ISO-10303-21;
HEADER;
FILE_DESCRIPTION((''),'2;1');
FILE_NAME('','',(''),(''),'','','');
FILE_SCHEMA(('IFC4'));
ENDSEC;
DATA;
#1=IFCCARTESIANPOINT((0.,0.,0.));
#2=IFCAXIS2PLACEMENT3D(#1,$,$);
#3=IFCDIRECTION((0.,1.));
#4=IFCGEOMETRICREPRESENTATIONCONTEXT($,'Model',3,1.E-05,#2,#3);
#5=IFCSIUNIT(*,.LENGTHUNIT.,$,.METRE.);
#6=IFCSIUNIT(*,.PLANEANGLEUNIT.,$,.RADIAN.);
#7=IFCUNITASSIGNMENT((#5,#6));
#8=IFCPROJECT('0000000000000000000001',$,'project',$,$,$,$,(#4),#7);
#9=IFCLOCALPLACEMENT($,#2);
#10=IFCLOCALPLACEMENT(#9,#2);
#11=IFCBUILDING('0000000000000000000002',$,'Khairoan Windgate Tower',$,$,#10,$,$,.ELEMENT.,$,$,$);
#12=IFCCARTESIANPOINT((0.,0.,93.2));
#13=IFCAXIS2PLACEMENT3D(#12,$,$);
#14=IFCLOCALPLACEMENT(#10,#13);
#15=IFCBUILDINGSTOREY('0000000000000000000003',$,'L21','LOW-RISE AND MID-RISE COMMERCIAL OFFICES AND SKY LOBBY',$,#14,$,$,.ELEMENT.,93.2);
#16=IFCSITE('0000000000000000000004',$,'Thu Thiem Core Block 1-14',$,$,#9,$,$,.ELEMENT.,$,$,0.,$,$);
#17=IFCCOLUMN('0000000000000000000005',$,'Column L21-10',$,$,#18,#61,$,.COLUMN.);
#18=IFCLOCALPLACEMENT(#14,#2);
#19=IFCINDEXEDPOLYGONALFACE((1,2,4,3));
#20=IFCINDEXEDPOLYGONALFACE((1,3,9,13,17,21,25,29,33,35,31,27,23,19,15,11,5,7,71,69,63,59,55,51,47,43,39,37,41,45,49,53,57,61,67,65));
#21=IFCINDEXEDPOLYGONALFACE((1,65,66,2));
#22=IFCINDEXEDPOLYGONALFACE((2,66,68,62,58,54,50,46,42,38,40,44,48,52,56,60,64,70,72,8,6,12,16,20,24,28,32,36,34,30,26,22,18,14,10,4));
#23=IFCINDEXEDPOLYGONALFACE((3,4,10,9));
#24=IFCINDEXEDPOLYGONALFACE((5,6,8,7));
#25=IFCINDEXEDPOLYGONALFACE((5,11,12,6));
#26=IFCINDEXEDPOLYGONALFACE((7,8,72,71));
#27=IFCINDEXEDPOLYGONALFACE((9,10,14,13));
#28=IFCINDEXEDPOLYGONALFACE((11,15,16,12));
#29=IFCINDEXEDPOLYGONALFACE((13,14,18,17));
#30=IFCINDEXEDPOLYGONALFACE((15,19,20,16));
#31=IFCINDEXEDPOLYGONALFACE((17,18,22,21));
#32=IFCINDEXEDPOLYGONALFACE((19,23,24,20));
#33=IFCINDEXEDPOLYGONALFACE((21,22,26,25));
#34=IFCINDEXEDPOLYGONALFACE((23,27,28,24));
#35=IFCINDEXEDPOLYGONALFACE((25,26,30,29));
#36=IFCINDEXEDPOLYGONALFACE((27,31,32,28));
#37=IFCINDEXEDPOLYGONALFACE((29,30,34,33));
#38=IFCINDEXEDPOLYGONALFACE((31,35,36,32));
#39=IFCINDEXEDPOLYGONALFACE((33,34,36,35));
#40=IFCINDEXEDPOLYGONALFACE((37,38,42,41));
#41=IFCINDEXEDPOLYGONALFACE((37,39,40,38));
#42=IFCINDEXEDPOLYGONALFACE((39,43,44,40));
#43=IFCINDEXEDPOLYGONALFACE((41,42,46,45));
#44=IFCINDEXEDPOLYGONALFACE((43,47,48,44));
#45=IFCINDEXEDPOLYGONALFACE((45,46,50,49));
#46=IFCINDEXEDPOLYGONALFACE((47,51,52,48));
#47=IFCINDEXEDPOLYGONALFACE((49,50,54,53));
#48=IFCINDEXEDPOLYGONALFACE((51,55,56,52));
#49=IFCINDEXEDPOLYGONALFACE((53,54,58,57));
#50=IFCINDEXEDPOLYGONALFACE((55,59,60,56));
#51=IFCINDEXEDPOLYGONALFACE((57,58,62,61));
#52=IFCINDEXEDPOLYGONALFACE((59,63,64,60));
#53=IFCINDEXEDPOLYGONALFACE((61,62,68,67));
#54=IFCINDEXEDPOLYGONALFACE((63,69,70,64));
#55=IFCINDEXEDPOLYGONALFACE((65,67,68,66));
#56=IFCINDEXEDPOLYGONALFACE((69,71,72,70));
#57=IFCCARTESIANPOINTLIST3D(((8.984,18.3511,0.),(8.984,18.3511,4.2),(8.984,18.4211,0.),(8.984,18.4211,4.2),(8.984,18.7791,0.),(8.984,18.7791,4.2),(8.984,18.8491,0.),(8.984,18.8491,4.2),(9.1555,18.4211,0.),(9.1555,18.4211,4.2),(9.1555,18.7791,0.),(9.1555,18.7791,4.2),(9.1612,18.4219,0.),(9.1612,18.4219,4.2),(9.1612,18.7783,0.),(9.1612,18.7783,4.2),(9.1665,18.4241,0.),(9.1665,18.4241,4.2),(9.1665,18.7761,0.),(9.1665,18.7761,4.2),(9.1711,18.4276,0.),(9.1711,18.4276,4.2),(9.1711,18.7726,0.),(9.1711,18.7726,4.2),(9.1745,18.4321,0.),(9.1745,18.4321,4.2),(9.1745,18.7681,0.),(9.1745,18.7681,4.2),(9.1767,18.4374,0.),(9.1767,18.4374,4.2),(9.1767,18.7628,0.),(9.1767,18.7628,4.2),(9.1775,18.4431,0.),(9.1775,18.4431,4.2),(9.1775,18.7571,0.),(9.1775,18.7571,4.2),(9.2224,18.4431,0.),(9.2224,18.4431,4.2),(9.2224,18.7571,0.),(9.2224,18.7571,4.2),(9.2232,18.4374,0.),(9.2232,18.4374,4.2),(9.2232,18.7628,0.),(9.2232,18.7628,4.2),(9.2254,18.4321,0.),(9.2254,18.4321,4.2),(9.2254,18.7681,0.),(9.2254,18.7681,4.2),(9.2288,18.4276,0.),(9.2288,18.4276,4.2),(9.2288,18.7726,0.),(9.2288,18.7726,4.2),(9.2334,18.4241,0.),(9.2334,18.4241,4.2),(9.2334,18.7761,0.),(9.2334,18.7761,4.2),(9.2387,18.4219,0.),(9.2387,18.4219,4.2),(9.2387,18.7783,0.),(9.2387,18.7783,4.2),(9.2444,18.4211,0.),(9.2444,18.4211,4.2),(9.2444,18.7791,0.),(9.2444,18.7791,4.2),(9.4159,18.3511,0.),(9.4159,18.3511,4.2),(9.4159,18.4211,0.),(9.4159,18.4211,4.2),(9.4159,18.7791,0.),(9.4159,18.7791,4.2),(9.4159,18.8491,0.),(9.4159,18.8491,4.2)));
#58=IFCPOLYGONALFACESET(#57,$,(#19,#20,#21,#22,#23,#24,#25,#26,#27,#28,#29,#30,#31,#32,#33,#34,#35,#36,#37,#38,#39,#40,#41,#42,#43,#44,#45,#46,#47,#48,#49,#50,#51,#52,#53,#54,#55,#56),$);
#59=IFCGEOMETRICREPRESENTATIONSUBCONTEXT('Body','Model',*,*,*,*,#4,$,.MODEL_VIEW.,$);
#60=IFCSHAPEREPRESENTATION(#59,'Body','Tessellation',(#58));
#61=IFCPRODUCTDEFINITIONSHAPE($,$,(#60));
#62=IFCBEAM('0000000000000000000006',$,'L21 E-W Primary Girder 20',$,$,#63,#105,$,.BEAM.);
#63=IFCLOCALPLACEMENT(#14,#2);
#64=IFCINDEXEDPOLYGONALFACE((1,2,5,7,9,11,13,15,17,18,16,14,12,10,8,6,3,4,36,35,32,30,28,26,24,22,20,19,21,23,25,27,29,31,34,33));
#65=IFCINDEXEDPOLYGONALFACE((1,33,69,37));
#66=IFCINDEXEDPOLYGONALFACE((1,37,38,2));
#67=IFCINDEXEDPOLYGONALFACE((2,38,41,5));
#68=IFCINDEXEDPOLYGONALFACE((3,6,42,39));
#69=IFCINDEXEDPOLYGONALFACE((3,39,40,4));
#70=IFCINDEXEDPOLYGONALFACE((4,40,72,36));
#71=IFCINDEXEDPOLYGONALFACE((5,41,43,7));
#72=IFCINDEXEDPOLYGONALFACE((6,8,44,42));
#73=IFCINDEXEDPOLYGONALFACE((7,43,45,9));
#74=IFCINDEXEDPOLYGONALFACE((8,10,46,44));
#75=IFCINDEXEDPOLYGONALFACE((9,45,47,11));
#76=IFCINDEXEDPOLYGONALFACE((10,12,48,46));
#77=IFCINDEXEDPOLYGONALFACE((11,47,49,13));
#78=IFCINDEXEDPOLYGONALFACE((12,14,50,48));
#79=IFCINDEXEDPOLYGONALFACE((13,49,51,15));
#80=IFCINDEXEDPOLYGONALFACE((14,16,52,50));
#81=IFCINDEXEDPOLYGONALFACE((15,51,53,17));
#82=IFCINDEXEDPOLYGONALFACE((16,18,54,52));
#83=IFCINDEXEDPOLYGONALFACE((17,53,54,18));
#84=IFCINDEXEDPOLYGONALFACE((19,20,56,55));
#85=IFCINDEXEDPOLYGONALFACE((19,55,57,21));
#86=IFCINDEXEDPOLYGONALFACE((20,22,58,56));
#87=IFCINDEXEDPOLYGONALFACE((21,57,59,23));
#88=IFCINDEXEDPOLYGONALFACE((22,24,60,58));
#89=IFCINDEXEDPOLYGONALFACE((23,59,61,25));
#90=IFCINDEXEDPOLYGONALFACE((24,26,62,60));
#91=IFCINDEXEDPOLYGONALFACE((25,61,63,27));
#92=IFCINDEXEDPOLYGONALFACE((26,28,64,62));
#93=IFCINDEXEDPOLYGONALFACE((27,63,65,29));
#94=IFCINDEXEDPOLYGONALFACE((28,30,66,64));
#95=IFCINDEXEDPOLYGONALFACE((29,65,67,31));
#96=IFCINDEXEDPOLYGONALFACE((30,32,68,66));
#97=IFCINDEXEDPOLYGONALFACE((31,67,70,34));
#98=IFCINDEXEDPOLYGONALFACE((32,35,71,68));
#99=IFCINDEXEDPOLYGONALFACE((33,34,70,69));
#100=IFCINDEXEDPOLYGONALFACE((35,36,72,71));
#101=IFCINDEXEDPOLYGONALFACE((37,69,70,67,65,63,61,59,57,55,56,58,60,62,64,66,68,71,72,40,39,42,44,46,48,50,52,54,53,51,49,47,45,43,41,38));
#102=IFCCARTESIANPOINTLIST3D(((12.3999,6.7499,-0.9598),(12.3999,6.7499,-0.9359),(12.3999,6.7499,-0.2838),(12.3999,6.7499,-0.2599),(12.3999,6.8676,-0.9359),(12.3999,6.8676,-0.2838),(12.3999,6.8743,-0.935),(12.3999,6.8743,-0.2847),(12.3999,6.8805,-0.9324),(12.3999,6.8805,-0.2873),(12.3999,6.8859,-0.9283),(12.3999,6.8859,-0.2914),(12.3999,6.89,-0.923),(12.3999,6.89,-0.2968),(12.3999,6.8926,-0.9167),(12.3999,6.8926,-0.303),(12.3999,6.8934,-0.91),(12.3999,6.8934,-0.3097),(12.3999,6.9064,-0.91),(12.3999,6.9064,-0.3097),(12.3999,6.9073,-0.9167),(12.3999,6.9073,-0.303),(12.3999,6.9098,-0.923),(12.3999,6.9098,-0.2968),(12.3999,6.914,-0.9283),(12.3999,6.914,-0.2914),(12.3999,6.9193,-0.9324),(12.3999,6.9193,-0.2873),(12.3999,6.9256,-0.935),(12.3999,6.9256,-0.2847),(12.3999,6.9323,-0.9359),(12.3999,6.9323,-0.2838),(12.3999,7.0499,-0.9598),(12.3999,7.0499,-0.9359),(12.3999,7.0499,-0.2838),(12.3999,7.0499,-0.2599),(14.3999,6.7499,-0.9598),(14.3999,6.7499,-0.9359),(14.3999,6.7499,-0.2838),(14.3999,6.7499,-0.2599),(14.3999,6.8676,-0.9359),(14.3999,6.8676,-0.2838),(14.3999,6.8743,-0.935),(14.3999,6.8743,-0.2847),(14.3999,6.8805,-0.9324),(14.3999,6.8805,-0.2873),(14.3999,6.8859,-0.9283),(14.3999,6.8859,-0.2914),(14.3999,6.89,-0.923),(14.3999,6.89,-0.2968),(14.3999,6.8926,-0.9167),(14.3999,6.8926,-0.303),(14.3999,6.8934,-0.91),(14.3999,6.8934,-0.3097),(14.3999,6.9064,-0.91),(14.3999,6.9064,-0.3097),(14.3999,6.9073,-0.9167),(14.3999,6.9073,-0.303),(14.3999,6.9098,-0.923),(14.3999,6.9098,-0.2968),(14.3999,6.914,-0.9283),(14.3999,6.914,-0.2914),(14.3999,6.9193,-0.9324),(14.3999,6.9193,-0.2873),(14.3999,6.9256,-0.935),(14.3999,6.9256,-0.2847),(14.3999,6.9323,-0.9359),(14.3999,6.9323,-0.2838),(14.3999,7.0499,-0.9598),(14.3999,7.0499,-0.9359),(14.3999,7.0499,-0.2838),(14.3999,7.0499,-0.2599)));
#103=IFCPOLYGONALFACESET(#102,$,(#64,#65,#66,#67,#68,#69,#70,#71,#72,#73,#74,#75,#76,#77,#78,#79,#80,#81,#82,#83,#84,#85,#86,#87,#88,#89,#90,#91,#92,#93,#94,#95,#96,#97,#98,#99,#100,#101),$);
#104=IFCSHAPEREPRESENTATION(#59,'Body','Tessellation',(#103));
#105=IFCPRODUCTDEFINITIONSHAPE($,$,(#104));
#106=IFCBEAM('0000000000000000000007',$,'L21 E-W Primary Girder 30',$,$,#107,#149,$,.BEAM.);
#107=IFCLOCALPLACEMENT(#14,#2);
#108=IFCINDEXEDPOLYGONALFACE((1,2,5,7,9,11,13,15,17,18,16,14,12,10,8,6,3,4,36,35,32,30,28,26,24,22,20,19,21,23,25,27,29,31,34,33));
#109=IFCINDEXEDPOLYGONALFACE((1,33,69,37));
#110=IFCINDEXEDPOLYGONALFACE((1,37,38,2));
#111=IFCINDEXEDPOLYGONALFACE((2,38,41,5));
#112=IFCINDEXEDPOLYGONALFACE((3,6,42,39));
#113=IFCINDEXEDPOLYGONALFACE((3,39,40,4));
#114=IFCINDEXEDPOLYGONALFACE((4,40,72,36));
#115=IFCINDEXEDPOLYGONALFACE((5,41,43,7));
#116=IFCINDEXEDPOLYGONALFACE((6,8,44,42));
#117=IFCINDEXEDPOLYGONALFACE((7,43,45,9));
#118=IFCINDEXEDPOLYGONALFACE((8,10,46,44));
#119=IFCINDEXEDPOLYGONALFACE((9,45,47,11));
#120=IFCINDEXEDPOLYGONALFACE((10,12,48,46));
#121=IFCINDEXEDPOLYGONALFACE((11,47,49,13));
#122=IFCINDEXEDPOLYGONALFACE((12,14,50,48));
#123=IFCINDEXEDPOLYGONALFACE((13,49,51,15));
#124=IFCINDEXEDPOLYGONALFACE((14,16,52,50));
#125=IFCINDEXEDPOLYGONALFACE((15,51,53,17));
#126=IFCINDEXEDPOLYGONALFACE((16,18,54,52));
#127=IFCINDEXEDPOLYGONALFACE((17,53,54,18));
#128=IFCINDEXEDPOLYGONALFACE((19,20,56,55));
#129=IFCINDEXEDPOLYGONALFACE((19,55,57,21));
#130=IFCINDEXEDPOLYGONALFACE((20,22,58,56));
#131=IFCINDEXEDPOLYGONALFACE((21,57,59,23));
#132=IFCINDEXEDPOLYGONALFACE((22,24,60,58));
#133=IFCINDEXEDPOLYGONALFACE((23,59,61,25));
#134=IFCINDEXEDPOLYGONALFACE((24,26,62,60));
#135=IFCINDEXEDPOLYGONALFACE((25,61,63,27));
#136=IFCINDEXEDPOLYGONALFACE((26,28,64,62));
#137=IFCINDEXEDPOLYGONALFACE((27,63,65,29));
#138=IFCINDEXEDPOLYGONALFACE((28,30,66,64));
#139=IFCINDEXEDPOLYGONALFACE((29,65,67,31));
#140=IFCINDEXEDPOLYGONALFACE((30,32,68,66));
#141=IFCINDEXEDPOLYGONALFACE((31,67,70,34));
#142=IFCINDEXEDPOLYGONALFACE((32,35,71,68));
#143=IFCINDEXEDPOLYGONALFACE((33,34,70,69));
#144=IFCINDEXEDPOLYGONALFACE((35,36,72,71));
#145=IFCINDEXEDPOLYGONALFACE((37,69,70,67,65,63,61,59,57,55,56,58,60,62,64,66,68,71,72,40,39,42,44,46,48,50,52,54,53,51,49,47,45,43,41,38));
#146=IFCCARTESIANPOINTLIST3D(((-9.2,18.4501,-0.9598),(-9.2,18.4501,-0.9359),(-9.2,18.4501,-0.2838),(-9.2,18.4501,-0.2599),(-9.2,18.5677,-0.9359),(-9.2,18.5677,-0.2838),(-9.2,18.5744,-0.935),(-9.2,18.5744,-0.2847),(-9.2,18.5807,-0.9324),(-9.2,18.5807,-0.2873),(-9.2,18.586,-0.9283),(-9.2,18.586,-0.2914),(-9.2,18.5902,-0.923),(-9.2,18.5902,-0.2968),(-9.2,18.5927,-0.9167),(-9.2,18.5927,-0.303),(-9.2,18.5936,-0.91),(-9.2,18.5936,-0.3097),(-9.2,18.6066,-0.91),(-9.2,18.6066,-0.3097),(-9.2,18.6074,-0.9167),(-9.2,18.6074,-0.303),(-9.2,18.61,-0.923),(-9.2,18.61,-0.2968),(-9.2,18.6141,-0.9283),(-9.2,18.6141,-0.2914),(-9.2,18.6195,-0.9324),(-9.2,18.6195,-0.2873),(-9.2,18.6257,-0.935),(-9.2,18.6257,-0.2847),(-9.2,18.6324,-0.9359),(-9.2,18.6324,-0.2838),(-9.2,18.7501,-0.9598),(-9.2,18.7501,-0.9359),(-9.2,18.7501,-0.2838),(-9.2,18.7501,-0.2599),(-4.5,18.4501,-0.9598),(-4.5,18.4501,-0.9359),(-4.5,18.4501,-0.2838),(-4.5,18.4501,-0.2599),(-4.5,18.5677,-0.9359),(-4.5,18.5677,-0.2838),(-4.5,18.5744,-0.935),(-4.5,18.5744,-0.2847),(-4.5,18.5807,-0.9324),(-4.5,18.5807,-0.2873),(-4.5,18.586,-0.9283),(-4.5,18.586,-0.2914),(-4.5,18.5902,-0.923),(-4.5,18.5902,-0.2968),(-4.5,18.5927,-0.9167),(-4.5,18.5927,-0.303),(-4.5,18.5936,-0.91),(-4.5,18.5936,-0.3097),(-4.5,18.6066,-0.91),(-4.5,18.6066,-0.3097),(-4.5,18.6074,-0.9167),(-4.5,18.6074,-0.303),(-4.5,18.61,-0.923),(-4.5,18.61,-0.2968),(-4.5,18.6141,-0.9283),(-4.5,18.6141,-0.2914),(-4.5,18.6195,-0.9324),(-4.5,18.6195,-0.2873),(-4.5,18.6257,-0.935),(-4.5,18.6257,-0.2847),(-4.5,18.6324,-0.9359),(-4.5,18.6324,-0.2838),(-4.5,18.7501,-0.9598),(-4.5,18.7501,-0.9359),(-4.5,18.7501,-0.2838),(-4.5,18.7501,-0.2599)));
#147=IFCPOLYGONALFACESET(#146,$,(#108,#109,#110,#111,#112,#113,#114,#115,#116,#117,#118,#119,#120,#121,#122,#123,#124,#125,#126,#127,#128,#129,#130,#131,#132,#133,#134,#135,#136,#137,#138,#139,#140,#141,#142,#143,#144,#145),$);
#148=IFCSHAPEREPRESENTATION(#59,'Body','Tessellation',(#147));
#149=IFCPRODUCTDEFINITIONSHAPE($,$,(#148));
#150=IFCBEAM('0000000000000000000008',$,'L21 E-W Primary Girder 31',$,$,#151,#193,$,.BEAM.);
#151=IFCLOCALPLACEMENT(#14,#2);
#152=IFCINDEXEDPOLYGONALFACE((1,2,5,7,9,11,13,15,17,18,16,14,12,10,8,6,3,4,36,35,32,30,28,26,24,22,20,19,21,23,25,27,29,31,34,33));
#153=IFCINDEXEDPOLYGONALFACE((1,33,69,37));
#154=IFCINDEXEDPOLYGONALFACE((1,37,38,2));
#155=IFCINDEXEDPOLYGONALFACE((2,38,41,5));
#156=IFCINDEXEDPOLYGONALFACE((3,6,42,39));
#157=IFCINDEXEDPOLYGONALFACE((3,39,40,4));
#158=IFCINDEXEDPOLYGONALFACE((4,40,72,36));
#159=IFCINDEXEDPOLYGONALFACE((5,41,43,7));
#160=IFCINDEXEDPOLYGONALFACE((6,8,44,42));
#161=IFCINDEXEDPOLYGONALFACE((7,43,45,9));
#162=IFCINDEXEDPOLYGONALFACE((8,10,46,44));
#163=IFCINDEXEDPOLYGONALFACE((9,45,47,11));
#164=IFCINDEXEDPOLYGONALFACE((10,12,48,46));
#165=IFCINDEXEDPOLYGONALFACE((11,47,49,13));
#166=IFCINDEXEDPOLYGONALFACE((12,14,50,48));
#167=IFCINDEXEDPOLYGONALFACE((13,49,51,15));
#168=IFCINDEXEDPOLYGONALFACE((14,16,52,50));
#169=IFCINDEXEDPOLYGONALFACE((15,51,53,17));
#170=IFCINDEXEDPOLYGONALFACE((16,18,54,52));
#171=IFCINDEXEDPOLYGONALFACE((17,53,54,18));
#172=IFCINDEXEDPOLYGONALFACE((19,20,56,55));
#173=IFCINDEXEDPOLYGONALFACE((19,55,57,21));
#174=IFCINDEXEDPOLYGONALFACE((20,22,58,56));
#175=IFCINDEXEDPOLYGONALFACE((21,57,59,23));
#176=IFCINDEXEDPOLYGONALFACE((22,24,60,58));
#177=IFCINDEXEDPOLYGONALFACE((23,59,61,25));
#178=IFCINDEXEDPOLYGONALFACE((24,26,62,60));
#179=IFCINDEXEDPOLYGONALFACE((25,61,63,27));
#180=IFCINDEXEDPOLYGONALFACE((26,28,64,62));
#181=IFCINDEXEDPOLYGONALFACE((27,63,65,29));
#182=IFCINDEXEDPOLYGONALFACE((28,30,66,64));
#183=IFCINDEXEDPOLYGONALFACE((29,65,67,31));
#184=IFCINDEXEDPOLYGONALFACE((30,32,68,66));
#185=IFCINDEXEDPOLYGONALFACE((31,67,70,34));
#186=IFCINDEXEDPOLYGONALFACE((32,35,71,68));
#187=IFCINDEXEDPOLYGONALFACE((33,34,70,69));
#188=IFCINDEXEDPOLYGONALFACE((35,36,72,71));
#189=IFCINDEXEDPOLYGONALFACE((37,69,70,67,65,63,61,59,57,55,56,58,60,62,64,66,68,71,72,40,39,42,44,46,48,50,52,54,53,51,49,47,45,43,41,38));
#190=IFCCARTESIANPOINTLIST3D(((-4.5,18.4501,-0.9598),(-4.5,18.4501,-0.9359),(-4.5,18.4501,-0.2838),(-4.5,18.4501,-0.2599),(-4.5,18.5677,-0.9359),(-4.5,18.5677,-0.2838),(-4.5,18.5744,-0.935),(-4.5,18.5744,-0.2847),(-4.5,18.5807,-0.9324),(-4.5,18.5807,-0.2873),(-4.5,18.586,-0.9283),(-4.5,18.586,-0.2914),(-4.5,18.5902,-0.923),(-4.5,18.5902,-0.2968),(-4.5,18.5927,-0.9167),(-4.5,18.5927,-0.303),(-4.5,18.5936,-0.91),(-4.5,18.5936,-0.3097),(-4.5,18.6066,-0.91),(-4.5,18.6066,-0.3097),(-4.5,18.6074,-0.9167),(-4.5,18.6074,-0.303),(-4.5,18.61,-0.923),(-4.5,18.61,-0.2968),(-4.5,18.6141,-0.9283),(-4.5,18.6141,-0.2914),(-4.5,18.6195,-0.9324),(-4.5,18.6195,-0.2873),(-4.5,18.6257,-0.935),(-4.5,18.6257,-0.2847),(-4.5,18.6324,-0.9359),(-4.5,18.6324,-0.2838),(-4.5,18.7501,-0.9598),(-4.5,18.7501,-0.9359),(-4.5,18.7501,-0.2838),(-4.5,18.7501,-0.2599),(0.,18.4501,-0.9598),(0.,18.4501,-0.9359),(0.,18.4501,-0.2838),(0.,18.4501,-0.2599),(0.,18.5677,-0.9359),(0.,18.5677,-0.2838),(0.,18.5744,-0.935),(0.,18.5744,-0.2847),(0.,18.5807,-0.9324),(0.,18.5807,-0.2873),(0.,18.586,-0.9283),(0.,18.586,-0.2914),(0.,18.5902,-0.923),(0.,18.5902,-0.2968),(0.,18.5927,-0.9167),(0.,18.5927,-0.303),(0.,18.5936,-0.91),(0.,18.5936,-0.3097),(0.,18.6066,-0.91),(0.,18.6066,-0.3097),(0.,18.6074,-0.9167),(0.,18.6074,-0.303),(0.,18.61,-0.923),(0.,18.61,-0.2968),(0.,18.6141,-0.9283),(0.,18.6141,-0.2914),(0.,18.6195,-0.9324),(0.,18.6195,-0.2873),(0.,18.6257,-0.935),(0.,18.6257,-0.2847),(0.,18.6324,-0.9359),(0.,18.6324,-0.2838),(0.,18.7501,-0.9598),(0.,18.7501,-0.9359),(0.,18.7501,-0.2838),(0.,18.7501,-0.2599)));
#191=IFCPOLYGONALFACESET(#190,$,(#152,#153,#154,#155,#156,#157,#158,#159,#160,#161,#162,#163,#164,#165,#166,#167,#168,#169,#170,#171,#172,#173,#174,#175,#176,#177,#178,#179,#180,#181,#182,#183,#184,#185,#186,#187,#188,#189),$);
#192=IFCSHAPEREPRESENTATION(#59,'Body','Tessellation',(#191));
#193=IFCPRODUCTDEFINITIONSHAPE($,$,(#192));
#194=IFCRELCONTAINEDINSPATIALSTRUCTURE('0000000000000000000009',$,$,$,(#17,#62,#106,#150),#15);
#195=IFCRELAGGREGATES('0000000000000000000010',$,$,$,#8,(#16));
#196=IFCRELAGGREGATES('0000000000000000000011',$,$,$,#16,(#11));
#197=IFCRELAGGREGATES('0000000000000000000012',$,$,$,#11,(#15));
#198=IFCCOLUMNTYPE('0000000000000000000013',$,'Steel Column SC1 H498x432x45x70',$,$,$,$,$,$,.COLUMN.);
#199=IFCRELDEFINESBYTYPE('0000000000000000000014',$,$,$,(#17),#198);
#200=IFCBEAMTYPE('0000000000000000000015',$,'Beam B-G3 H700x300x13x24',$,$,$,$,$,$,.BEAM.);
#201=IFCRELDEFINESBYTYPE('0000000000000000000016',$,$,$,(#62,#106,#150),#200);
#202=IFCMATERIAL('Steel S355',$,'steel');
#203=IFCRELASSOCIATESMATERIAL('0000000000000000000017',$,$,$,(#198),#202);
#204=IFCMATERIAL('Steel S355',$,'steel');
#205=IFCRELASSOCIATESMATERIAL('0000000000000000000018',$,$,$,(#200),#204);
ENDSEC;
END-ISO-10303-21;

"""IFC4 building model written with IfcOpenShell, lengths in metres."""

from ifc_helpers import new_model, si_unit, direction, frame, origin, origin_2d, place, context, subcontext, project, spatial, i_section, extrude, material, material_profile, profile_set, type_object, element, save


model = new_model("IFC4")

# Units and contexts
model_context = context("Model", 3, precision=1e-05, world=origin(), true_north=direction((0.0, 1.0)))
body_context = subcontext(model_context, "Body", "Model", "MODEL_VIEW")
ifc_project = project(units=[si_unit("LENGTHUNIT", "METRE"), si_unit("PLANEANGLEUNIT", "RADIAN")], contexts=[model_context])

# Site, building, storey
site_placement = place(None, origin())
site = spatial("IfcSite", under=ifc_project, at=site_placement, Name="Thu Thiem Core Block 1-14", CompositionType="ELEMENT", RefElevation=0.0)
building_placement = place(site_placement, origin())
building = spatial("IfcBuilding", under=site, at=building_placement, Name="Khairoan Windgate Tower", CompositionType="ELEMENT")
storey_placement = place(building_placement, frame((0.0, 0.0, 93.2)))
storey = spatial("IfcBuildingStorey", under=building, at=storey_placement, Name="L21", Description="LOW-RISE AND MID-RISE COMMERCIAL OFFICES AND SKY LOBBY", CompositionType="ELEMENT", Elevation=93.2)

# Column
ifc_material_1 = material(Name="Steel S355", Category="steel")
ifc_material_profile_1 = material_profile(ifc_material_1, i_section(OverallWidth=0.4319, OverallDepth=0.498, WebThickness=0.0449, FlangeThickness=0.0701, FilletRadius=0.022, at=origin_2d()))
ifc_profile_set_1 = profile_set([ifc_material_profile_1], Name="Steel S355")
column_type_1 = type_object("IfcColumnType", Name="Steel Column SC1 H498x432x45x70", PredefinedType="COLUMN", material=ifc_profile_set_1)
for number, where, z_axis, x_axis, name in (
    (1, (9.2, 18.6001, 0.0), (0.0, 0.0, 1.0), (1.0, 0.0, 0.0), "Column L21-10"),
):
    element("IfcColumn", number, at=place(storey_placement, frame(where, z_axis=z_axis, x_axis=x_axis)), inside=storey, type_object=column_type_1, Name=name, PredefinedType="COLUMN", context=body_context, shape_type="SweptSolid", body=[
        extrude(i_section(OverallWidth=0.4319, OverallDepth=0.498, WebThickness=0.0449, FlangeThickness=0.0701, FilletRadius=0.022, at=origin_2d()), origin(), (0.0, 0.0, 1.0), 4.2),
    ])

# Beams
ifc_material_2 = material(Name="Steel S355", Category="steel")
ifc_material_profile_2 = material_profile(ifc_material_2, i_section(OverallWidth=0.3, OverallDepth=0.7, WebThickness=0.0129, FlangeThickness=0.0239, FilletRadius=0.0259, at=origin_2d()))
ifc_profile_set_2 = profile_set([ifc_material_profile_2], Name="Steel S355")
beam_type_1 = type_object("IfcBeamType", Name="Beam B-G3 H700x300x13x24", PredefinedType="BEAM", material=ifc_profile_set_2)
beam_1_placement = place(storey_placement, frame((12.3999, 6.8999, -0.6099), z_axis=(1.0, 0.0, 0.0), x_axis=(0.0, 1.0, 0.0)))
element("IfcBeam", 2, at=beam_1_placement, inside=storey, type_object=beam_type_1, Name="L21 E-W Primary Girder 20", PredefinedType="BEAM", context=body_context, shape_type="SweptSolid", body=[
    extrude(i_section(OverallWidth=0.3, OverallDepth=0.7, WebThickness=0.0129, FlangeThickness=0.0239, FilletRadius=0.0259, at=origin_2d()), origin(), (0.0, 0.0, 1.0), 2.0),
])
beam_2_placement = place(storey_placement, frame((-9.2, 18.6001, -0.6099), z_axis=(1.0, 0.0, 0.0), x_axis=(0.0, 1.0, 0.0)))
element("IfcBeam", 3, at=beam_2_placement, inside=storey, type_object=beam_type_1, Name="L21 E-W Primary Girder 30", PredefinedType="BEAM", context=body_context, shape_type="SweptSolid", body=[
    extrude(i_section(OverallWidth=0.3, OverallDepth=0.7, WebThickness=0.0129, FlangeThickness=0.0239, FilletRadius=0.0259, at=origin_2d()), origin(), (0.0, 0.0, 1.0), 4.7),
])
for number, where, z_axis, x_axis, name in (
    (4, (-4.5, 18.6001, -0.6099), (1.0, 0.0, 0.0), (0.0, 1.0, 0.0), "L21 E-W Primary Girder 31"),
):
    element("IfcBeam", number, at=place(storey_placement, frame(where, z_axis=z_axis, x_axis=x_axis)), inside=storey, type_object=beam_type_1, Name=name, PredefinedType="BEAM", context=body_context, shape_type="SweptSolid", body=[
        extrude(i_section(OverallWidth=0.3, OverallDepth=0.7, WebThickness=0.0129, FlangeThickness=0.0239, FilletRadius=0.0259, at=origin_2d()), origin(), (0.0, 0.0, 1.0), 4.5),
    ])

save(model, "model.ifc")
